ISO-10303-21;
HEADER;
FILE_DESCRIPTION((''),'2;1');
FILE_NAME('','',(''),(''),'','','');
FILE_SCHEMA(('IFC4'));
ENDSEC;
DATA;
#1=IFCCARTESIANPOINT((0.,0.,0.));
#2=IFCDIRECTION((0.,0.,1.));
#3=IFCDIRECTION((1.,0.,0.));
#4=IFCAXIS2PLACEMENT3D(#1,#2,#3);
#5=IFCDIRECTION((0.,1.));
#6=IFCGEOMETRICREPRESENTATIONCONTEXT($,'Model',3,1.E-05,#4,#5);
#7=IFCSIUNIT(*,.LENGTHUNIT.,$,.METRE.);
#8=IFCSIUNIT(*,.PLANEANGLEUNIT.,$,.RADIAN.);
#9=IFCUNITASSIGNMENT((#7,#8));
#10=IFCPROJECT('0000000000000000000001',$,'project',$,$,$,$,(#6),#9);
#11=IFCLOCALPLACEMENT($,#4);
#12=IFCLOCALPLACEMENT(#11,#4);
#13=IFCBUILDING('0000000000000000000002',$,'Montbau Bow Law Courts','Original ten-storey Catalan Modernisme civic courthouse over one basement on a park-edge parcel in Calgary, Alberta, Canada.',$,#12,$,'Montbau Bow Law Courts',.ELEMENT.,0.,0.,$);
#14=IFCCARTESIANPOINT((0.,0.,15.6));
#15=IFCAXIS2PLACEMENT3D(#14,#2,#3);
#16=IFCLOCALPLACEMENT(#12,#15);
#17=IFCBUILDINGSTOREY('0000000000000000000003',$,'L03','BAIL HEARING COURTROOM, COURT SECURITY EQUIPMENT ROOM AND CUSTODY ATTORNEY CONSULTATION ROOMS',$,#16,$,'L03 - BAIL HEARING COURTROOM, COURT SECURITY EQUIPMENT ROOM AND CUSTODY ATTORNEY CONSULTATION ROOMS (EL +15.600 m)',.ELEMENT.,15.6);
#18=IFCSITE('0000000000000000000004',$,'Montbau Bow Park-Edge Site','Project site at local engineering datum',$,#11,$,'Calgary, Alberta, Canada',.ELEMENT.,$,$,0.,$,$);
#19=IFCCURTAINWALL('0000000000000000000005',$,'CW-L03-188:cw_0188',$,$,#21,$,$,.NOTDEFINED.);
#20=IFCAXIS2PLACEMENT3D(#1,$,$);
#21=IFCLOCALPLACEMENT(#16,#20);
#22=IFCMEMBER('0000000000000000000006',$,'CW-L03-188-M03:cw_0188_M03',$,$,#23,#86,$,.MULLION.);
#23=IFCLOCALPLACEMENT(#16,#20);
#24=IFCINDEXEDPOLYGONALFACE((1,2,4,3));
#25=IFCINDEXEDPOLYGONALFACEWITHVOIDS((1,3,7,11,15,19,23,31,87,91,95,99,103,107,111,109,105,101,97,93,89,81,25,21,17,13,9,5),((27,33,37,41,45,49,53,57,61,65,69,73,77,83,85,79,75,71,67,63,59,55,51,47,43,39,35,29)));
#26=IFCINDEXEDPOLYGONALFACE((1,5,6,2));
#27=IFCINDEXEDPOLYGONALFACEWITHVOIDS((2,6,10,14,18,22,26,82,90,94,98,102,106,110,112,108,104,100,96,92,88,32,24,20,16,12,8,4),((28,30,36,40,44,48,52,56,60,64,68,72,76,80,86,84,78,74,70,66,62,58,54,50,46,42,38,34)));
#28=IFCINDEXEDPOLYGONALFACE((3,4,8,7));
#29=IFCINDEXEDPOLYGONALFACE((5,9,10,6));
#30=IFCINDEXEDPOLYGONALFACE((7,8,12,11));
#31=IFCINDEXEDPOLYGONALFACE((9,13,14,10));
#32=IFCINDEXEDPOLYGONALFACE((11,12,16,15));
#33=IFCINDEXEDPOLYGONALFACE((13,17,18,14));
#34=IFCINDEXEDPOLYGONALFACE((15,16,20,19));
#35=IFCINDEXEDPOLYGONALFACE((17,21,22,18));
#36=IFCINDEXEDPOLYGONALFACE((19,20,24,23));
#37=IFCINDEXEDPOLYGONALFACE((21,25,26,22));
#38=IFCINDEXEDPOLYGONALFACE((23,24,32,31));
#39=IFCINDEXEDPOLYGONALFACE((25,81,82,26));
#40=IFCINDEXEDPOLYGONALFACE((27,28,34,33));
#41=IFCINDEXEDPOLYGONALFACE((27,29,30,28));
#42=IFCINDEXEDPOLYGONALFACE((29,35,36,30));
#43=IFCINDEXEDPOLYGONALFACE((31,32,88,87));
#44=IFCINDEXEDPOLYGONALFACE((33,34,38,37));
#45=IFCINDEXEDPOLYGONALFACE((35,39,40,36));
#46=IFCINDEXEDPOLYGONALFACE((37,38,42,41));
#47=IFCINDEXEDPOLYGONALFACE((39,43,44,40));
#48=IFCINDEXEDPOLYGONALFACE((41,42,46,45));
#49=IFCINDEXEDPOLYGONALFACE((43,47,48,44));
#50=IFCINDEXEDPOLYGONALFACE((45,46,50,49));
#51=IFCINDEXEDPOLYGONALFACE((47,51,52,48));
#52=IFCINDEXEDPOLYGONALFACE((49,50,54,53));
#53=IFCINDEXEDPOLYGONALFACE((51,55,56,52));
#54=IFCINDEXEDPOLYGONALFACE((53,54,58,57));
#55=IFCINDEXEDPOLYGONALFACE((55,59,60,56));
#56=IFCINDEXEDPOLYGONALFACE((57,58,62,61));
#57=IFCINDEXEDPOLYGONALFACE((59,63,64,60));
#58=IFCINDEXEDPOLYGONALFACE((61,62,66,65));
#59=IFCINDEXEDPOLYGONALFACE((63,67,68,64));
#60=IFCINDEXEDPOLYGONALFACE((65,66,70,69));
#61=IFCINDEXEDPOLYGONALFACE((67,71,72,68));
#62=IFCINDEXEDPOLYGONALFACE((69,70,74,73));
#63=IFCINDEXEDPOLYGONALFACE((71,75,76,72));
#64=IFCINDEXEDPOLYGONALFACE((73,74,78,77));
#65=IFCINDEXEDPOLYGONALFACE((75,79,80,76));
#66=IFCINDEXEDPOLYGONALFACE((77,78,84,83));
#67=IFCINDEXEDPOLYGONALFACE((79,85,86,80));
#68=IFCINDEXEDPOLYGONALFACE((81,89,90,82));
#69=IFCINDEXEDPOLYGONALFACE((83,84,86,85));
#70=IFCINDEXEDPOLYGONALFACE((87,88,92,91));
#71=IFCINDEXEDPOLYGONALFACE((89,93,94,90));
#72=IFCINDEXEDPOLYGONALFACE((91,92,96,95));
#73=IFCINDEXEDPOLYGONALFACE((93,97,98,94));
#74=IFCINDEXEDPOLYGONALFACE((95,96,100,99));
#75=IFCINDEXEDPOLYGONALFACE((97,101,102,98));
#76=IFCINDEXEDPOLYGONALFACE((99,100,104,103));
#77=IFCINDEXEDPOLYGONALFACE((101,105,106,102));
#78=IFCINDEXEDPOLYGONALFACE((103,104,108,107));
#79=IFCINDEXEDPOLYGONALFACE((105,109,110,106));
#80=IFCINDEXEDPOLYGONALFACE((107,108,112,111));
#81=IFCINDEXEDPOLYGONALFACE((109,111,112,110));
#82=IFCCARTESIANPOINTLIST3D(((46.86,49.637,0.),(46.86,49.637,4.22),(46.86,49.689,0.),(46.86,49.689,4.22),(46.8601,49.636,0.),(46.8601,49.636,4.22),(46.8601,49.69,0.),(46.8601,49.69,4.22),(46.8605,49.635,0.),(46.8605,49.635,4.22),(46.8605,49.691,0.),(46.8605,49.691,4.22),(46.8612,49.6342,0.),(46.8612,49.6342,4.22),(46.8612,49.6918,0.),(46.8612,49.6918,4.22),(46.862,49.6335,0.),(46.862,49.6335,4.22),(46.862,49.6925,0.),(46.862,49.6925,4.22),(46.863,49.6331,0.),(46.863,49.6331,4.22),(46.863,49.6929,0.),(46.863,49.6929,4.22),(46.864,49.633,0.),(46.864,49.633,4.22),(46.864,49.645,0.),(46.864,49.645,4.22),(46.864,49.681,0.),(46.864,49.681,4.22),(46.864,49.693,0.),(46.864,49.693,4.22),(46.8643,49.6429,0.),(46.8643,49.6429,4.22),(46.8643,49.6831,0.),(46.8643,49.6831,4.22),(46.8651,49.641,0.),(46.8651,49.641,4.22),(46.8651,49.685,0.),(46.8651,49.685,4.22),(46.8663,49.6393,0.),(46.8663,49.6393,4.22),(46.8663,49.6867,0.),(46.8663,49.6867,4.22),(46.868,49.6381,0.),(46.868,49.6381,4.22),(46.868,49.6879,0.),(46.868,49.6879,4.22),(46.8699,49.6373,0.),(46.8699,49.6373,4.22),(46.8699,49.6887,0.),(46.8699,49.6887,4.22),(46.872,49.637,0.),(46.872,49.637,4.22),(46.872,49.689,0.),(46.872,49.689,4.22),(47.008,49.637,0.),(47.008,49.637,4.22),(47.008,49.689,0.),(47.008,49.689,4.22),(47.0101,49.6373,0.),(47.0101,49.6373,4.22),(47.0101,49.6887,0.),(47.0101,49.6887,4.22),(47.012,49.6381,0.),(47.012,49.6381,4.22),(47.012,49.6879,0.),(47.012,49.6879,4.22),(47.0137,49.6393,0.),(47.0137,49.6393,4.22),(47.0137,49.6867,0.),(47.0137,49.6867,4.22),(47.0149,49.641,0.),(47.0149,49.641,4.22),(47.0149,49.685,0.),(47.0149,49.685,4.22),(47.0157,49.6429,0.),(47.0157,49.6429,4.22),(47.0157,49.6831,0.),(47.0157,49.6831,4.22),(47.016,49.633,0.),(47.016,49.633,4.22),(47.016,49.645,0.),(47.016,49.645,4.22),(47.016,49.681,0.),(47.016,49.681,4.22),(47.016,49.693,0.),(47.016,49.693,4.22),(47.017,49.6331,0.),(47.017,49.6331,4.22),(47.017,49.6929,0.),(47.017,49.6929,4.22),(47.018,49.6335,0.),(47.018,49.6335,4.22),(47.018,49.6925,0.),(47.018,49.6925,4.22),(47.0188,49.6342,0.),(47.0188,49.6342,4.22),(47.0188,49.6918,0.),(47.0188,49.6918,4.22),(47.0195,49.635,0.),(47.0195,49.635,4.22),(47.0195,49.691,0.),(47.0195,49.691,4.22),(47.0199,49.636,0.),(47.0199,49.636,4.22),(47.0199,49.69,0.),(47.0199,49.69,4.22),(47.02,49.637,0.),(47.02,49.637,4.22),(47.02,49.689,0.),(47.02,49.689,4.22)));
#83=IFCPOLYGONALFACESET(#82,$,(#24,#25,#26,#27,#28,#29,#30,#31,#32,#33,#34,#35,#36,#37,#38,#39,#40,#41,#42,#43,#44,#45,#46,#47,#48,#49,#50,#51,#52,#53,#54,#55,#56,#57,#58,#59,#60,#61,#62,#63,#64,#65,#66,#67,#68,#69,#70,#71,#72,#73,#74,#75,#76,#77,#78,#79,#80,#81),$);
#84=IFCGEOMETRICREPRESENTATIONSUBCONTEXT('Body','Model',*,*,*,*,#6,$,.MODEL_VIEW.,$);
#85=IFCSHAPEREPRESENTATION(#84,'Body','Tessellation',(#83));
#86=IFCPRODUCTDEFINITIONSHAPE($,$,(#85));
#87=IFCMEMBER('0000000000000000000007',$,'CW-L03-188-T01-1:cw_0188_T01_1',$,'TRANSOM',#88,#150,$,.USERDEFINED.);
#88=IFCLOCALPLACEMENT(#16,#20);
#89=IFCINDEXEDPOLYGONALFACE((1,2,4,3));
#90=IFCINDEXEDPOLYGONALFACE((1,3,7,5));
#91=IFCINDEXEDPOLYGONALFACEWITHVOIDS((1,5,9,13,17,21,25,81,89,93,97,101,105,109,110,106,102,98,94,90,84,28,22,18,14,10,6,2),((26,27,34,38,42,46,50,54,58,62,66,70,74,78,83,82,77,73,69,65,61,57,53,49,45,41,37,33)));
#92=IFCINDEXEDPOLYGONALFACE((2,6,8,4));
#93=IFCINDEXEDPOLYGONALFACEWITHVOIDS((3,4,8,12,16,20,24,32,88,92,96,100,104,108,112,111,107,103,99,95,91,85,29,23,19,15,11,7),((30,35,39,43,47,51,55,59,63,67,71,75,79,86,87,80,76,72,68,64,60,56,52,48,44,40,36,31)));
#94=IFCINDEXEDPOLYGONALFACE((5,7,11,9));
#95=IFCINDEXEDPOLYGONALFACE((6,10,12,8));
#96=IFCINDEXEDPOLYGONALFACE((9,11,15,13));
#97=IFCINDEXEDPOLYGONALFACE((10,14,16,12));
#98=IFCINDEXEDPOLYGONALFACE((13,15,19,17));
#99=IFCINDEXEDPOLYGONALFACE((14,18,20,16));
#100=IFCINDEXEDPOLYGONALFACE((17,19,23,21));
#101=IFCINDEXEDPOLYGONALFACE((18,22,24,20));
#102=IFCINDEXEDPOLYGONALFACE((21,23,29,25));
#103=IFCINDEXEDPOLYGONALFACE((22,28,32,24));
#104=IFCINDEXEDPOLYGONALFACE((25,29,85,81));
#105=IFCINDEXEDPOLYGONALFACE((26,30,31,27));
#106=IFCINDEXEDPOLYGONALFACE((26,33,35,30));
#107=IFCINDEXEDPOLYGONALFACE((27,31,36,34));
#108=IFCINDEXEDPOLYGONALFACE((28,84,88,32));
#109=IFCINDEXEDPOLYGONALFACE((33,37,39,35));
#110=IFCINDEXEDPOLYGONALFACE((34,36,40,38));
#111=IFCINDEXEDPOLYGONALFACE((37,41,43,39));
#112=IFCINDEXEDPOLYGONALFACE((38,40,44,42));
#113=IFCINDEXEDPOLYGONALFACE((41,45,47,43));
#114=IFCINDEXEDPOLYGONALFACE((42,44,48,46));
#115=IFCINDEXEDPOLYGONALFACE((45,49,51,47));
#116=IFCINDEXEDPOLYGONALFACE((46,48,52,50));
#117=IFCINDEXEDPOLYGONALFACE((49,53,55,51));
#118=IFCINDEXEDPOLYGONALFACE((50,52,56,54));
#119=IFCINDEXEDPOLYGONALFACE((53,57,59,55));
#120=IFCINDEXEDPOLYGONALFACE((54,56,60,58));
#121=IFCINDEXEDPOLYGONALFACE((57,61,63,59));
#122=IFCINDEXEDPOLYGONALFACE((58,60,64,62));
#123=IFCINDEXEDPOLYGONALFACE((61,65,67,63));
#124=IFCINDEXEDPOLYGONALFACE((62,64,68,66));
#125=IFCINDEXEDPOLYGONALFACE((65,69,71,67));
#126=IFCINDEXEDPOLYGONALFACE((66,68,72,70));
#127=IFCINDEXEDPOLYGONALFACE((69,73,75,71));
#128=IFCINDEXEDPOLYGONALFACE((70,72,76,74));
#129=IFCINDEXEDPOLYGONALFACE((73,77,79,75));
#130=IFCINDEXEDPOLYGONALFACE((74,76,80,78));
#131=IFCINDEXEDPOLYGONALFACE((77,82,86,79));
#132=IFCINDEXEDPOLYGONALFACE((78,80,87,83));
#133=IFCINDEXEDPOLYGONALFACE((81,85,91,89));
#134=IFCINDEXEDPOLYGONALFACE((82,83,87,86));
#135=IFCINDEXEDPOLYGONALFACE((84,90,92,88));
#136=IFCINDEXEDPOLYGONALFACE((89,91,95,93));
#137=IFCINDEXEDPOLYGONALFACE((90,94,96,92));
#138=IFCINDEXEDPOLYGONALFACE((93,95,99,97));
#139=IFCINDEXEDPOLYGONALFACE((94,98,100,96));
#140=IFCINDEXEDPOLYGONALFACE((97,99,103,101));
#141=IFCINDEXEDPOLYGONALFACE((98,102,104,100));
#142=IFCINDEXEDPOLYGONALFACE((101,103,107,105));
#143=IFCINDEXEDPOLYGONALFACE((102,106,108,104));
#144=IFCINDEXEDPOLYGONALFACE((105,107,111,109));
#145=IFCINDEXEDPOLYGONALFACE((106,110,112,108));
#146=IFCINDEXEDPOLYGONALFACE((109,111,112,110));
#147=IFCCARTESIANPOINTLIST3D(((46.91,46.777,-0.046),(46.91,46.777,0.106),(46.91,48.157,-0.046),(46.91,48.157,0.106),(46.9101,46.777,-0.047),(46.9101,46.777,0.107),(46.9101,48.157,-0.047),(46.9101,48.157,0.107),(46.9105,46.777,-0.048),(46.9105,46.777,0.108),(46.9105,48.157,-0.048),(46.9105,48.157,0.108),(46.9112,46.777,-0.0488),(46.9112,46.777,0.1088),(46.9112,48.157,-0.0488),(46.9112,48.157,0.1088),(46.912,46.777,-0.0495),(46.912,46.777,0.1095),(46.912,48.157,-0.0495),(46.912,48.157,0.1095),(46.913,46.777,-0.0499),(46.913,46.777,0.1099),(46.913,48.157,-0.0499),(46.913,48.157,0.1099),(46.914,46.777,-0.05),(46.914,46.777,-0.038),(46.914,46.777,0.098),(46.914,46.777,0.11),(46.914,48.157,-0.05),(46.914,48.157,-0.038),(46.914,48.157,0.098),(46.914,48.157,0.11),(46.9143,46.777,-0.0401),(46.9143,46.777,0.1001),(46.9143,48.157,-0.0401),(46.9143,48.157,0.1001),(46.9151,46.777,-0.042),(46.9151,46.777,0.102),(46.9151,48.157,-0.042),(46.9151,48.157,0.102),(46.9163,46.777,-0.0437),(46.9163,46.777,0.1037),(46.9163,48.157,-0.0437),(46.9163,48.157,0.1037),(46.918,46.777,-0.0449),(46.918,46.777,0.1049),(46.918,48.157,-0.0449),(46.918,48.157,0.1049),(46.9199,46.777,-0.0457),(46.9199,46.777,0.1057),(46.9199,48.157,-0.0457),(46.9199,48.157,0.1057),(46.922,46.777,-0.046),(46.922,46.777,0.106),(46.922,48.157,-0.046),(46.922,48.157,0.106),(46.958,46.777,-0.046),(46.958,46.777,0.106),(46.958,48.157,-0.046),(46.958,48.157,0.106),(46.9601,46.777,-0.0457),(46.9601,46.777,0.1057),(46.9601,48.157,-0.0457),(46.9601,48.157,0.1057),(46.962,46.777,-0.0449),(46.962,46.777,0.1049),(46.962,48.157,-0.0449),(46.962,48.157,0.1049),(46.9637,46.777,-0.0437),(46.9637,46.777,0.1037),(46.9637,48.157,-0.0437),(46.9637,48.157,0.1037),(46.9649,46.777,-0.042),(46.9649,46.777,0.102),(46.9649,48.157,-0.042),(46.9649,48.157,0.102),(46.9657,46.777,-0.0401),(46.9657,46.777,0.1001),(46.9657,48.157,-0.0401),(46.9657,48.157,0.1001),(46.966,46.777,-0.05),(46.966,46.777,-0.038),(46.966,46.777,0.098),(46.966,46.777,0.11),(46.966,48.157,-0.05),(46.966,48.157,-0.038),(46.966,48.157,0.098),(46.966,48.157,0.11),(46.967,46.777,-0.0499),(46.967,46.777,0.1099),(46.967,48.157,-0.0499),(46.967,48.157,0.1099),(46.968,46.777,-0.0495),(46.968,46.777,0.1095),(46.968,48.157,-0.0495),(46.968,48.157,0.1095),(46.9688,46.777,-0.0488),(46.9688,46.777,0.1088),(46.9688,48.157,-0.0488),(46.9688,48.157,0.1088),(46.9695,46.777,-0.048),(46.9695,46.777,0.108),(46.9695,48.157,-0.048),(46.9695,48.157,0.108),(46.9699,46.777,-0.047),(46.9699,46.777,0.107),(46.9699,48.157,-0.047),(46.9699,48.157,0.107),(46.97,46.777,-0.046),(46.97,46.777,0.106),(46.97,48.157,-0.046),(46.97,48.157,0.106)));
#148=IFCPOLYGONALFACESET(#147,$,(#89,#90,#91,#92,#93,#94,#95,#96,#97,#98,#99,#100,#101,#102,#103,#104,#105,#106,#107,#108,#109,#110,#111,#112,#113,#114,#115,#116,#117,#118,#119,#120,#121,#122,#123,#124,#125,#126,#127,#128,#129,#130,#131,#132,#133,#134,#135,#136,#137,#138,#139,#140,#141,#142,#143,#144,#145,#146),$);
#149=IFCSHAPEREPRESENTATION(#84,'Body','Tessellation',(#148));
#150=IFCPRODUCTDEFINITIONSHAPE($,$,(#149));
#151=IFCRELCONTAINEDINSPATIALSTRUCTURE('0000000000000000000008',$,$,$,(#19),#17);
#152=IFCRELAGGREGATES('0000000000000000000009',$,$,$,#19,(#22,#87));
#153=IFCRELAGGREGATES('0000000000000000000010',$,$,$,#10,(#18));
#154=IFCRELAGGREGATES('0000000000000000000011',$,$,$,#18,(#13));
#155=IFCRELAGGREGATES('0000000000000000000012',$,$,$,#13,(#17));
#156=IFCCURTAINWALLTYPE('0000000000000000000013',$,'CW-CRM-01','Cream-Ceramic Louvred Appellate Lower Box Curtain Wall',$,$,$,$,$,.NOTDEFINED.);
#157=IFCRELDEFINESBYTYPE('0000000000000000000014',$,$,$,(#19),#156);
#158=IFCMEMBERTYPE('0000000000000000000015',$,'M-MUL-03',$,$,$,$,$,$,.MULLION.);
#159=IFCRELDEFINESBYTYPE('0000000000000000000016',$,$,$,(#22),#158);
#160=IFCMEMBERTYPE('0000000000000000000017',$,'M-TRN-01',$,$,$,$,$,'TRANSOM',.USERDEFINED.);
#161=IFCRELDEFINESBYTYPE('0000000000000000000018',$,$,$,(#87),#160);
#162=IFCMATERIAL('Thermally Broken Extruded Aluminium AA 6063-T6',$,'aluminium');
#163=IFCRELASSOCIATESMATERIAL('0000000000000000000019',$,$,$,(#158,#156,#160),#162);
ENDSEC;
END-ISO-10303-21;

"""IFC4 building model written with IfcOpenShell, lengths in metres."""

from ifc_helpers import new_model, si_unit, direction, frame, origin_with_axes, origin_2d_with_axis, place, context, subcontext, project, spatial, hollow_rectangle, extrude, material, material_profile, profile_set, type_object, element, aggregate, save


model = new_model("IFC4")

# Units and contexts
model_context = context("Model", 3, precision=1e-05, world=origin_with_axes(), true_north=direction((0.0, 1.0)))
body_context = subcontext(model_context, "Body", "Model", "MODEL_VIEW")
ifc_project = project(units=[si_unit("LENGTHUNIT", "METRE"), si_unit("PLANEANGLEUNIT", "RADIAN")], contexts=[model_context])

# Site, building, storey
site_placement = place(None, origin_with_axes())
site = spatial("IfcSite", under=ifc_project, at=site_placement, Name="Montbau Bow Park-Edge Site", Description="Project site at local engineering datum", LongName="Calgary, Alberta, Canada", CompositionType="ELEMENT", RefElevation=0.0)
building_placement = place(site_placement, origin_with_axes())
building = spatial("IfcBuilding", under=site, at=building_placement, Name="Montbau Bow Law Courts", Description="Original ten-storey Catalan Modernisme civic courthouse over one basement on a park-edge parcel in Calgary, Alberta, Canada.", LongName="Montbau Bow Law Courts", CompositionType="ELEMENT", ElevationOfRefHeight=0.0, ElevationOfTerrain=0.0)
storey_placement = place(building_placement, frame((0.0, 0.0, 15.6), z_axis=(0.0, 0.0, 1.0), x_axis=(1.0, 0.0, 0.0)))
storey = spatial("IfcBuildingStorey", under=building, at=storey_placement, Name="L03", Description="BAIL HEARING COURTROOM, COURT SECURITY EQUIPMENT ROOM AND CUSTODY ATTORNEY CONSULTATION ROOMS", LongName="L03 - BAIL HEARING COURTROOM, COURT SECURITY EQUIPMENT ROOM AND CUSTODY ATTORNEY CONSULTATION ROOMS (EL +15.600 m)", CompositionType="ELEMENT", Elevation=15.6)

# Curtain wall, members
ifc_material_1 = material(Name="Thermally Broken Extruded Aluminium AA 6063-T6", Category="aluminium")
ifc_material_profile_1 = material_profile(ifc_material_1, hollow_rectangle(XDim=0.06, YDim=0.16, WallThickness=0.004, InnerFilletRadius=0.008, OuterFilletRadius=0.004, at=origin_2d_with_axis()), Name="CWM-160X60", Category="Main", Priority=0)
ifc_profile_set_1 = profile_set([ifc_material_profile_1], Name="Thermally Broken Extruded Aluminium AA 6063-T6")
member_type_1 = type_object("IfcMemberType", Name="M-MUL-03", PredefinedType="MULLION", material=ifc_profile_set_1)
curtain_wall_type_1 = type_object("IfcCurtainWallType", Name="CW-CRM-01", Description="Cream-Ceramic Louvred Appellate Lower Box Curtain Wall", PredefinedType="NOTDEFINED", material=ifc_material_1)
curtain_wall_1_placement = place(None, frame((46.94, 46.715, 15.6), z_axis=(0.0, 0.0, 1.0), x_axis=(1.0, 0.0, 0.0)))
curtain_wall_1 = element("IfcCurtainWall", 1, at=curtain_wall_1_placement, inside=storey, type_object=curtain_wall_type_1, Name="CW-L03-188:cw_0188", PredefinedType="NOTDEFINED")
member_1_placement = place(None, frame((46.94, 49.663, 15.6), z_axis=(0.0, 0.0, 1.0), x_axis=(0.0, 1.0, 0.0)))
member_1 = element("IfcMember", 2, at=member_1_placement, type_object=member_type_1, Name="CW-L03-188-M03:cw_0188_M03", PredefinedType="MULLION", context=body_context, shape_type="SweptSolid", body=[
    extrude(hollow_rectangle(XDim=0.06, YDim=0.16, WallThickness=0.004, InnerFilletRadius=0.008, OuterFilletRadius=0.004, at=origin_2d_with_axis()), origin_with_axes(), (0.0, 0.0, 1.0), 4.22),
])
ifc_material_profile_2 = material_profile(ifc_material_1, hollow_rectangle(XDim=0.06, YDim=0.16, WallThickness=0.004, InnerFilletRadius=0.008, OuterFilletRadius=0.004, at=origin_2d_with_axis()), Name="CWT-160X60", Category="Main", Priority=0)
ifc_profile_set_2 = profile_set([ifc_material_profile_2], Name="Thermally Broken Extruded Aluminium AA 6063-T6")
member_type_2 = type_object("IfcMemberType", Name="M-TRN-01", ElementType="TRANSOM", PredefinedType="USERDEFINED", material=ifc_profile_set_2)
member_2_placement = place(None, frame((46.94, 46.777, 15.63), z_axis=(0.0, 1.0, 0.0), x_axis=(-1.0, 0.0, 0.0)))
member_2 = element("IfcMember", 3, at=member_2_placement, type_object=member_type_2, Name="CW-L03-188-T01-1:cw_0188_T01_1", ObjectType="TRANSOM", PredefinedType="USERDEFINED", context=body_context, shape_type="SweptSolid", body=[
    extrude(hollow_rectangle(XDim=0.06, YDim=0.16, WallThickness=0.004, InnerFilletRadius=0.008, OuterFilletRadius=0.004, at=origin_2d_with_axis()), origin_with_axes(), (0.0, 0.0, 1.0), 1.38),
])
aggregate(curtain_wall_1, [member_1, member_2])

save(model, "model.ifc")
